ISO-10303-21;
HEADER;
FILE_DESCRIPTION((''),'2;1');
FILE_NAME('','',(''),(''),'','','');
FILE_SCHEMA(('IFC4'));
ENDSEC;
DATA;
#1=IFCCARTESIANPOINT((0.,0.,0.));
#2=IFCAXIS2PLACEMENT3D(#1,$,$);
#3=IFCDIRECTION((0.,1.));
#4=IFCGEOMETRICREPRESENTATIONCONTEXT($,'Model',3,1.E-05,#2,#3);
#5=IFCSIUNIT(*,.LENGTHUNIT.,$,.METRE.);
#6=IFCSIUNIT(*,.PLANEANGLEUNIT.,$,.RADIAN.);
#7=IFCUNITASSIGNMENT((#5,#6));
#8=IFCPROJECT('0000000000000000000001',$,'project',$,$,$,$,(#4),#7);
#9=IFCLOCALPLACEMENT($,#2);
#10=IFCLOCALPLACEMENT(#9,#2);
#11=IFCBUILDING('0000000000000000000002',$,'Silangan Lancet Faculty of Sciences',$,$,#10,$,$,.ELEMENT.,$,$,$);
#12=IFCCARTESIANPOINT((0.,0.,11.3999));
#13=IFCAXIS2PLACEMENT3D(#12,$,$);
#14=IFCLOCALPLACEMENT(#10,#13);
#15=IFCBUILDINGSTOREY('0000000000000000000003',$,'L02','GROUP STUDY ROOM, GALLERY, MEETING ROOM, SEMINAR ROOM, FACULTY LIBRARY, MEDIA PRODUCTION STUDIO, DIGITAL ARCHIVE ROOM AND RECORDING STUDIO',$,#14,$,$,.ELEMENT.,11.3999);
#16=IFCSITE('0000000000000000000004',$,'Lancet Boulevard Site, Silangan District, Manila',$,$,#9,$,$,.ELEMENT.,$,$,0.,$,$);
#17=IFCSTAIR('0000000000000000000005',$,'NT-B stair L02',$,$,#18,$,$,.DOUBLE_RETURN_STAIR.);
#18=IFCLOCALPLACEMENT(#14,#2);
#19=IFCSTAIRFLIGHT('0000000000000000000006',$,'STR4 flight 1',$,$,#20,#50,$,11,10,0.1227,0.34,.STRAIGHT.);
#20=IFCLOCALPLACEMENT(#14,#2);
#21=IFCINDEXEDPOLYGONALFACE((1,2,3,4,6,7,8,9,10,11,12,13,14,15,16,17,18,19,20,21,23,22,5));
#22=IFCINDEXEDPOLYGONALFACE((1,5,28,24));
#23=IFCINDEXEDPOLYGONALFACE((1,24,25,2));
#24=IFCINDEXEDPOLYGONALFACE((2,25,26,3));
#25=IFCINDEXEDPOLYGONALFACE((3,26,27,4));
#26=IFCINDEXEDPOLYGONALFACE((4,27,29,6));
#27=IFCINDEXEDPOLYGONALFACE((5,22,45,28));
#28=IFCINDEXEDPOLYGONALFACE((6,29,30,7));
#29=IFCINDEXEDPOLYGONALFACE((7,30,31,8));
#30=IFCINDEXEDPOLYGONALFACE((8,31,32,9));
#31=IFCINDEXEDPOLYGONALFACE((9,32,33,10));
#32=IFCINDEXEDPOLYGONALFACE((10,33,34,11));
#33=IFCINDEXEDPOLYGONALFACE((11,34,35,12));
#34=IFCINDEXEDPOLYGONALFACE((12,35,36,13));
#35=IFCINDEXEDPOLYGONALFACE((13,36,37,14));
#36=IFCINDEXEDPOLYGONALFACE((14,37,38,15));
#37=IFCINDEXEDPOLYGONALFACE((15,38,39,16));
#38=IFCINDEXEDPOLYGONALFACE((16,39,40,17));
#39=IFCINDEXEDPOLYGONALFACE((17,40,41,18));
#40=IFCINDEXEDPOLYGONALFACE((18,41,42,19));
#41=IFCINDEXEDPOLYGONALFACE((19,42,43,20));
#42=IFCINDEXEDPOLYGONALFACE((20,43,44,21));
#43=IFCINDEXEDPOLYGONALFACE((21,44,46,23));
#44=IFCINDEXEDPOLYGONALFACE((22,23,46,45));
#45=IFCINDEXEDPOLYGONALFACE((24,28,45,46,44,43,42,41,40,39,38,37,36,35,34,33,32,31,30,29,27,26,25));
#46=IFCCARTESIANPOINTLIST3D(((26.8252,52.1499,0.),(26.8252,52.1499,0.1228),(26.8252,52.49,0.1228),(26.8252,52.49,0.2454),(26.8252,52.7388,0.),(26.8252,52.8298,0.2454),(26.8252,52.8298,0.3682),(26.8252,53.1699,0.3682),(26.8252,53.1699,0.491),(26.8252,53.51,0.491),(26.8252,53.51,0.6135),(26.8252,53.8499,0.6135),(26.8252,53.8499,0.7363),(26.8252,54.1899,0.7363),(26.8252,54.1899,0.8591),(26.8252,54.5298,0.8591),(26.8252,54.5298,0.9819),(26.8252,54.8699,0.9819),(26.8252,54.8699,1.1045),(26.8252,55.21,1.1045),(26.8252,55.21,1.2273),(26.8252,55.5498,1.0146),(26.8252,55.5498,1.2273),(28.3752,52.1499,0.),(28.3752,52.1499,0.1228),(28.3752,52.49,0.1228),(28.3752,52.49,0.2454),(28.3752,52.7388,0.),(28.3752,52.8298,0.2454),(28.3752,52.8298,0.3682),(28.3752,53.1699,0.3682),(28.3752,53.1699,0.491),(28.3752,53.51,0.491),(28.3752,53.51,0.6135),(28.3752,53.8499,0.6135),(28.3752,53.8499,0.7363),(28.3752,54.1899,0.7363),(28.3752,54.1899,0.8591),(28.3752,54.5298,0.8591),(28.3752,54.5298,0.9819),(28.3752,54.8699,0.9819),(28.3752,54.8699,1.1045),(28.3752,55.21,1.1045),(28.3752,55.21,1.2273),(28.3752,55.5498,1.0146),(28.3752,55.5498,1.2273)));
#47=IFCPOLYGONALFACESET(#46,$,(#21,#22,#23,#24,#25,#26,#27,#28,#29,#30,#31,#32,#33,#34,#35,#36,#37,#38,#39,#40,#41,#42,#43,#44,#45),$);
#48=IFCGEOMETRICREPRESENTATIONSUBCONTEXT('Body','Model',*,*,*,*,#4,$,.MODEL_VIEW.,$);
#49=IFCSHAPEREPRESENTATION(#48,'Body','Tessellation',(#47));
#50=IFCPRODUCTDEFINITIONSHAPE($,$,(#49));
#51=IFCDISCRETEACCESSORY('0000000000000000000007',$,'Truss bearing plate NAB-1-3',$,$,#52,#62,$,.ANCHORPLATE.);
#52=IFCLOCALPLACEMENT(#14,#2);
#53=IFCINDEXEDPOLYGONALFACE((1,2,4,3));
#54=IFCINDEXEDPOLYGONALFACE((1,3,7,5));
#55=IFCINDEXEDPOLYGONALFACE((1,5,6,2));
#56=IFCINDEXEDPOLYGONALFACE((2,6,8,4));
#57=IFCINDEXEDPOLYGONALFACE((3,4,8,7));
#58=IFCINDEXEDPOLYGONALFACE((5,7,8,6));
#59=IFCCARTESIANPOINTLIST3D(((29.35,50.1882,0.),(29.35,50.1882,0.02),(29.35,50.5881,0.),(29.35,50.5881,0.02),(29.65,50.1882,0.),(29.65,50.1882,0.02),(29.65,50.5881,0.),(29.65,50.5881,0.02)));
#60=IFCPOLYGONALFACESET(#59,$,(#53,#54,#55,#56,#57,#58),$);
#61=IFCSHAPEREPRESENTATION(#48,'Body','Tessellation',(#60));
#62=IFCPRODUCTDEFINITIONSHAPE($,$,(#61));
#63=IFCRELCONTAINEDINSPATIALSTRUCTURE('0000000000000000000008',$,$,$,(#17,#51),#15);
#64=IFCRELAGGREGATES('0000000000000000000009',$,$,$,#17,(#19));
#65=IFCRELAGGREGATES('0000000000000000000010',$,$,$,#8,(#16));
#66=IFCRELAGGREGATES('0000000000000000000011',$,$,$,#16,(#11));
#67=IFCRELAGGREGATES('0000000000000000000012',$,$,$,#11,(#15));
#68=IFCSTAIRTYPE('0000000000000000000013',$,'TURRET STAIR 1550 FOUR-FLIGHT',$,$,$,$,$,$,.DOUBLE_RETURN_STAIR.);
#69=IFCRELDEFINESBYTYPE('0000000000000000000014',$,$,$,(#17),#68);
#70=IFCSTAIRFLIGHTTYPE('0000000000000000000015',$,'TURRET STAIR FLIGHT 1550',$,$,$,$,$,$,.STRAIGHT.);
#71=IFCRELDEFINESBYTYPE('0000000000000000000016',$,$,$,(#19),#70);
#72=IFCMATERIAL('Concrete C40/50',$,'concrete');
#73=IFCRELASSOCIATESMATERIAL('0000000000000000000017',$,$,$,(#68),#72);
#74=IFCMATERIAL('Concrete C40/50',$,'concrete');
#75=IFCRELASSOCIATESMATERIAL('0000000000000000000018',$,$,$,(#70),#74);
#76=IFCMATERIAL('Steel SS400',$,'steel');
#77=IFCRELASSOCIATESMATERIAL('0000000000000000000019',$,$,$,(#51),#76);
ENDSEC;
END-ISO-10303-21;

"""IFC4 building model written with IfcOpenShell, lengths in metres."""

from ifc_helpers import new_model, si_unit, direction, frame, origin, origin_2d, place, context, subcontext, project, spatial, polyline, rectangle, outline, extrude, material, type_object, element, aggregate, save


model = new_model("IFC4")

# Units and contexts
model_context = context("Model", 3, precision=1e-05, world=origin(), true_north=direction((0.0, 1.0)))
body_context = subcontext(model_context, "Body", "Model", "MODEL_VIEW")
ifc_project = project(units=[si_unit("LENGTHUNIT", "METRE"), si_unit("PLANEANGLEUNIT", "RADIAN")], contexts=[model_context])

# Site, building, storey
site_placement = place(None, origin())
site = spatial("IfcSite", under=ifc_project, at=site_placement, Name="Lancet Boulevard Site, Silangan District, Manila", CompositionType="ELEMENT", RefElevation=0.0)
building_placement = place(site_placement, origin())
building = spatial("IfcBuilding", under=site, at=building_placement, Name="Silangan Lancet Faculty of Sciences", CompositionType="ELEMENT")
storey_placement = place(building_placement, frame((0.0, 0.0, 11.3999)))
storey = spatial("IfcBuildingStorey", under=building, at=storey_placement, Name="L02", Description="GROUP STUDY ROOM, GALLERY, MEETING ROOM, SEMINAR ROOM, FACULTY LIBRARY, MEDIA PRODUCTION STUDIO, DIGITAL ARCHIVE ROOM AND RECORDING STUDIO", CompositionType="ELEMENT", Elevation=11.3999)

# Stair, stair flight
ifc_material_1 = material(Name="Concrete C40/50", Category="concrete")
stair_type = type_object("IfcStairType", Name="TURRET STAIR 1550 FOUR-FLIGHT", PredefinedType="DOUBLE_RETURN_STAIR", material=ifc_material_1)
stair_placement = place(storey_placement, origin())
stair = element("IfcStair", 1, at=stair_placement, inside=storey, type_object=stair_type, Name="NT-B stair L02", PredefinedType="DOUBLE_RETURN_STAIR")
ifc_material_2 = material(Name="Concrete C40/50", Category="concrete")
stair_flight_type = type_object("IfcStairFlightType", Name="TURRET STAIR FLIGHT 1550", PredefinedType="STRAIGHT", material=ifc_material_2)
stair_flight_placement = place(storey_placement, frame((27.6001, 52.1499, 0.0), z_axis=(0.0, 0.0, 1.0), x_axis=(0.0, 1.0, 0.0)))
stair_flight = element("IfcStairFlight", 2, at=stair_flight_placement, type_object=stair_flight_type, Name="STR4 flight 1", NumberOfRisers=11, NumberOfTreads=10, PredefinedType="STRAIGHT", RiserHeight=0.1227, TreadLength=0.34, context=body_context, shape_type="SweptSolid", body=[
    extrude(outline(polyline([(0.0, 0.0), (0.0, 0.1228), (0.3401, 0.1228), (0.3401, 0.2454), (0.6799, 0.2454), (0.6799, 0.3682), (1.02, 0.3682), (1.02, 0.491), (1.3601, 0.491), (1.3601, 0.6135), (1.7, 0.6135), (1.7, 0.7363), (2.04, 0.7363), (2.04, 0.8591), (2.3799, 0.8591), (2.3799, 0.9819), (2.72, 0.9819), (2.72, 1.1045), (3.0601, 1.1045), (3.0601, 1.2273), (3.3999, 1.2273), (3.3999, 1.3501), (3.3999, 1.0146), (0.5889, 0.0), (0.0, 0.0)])), frame((0.0, 0.7749, 0.0), z_axis=(0.0, -1.0, 0.0), x_axis=(1.0, 0.0, 0.0)), (0.0, 0.0, 1.0), 1.55),
])
aggregate(stair, [stair_flight])

# Discrete accessory
ifc_material_3 = material(Name="Steel SS400", Category="steel")
discrete_accessory_placement = place(storey_placement, frame((29.5, 50.3882, 0.0), z_axis=(0.0, 0.0, 1.0), x_axis=(1.0, 0.0, 0.0)))
element("IfcDiscreteAccessory", 3, at=discrete_accessory_placement, inside=storey, material=ifc_material_3, Name="Truss bearing plate NAB-1-3", PredefinedType="ANCHORPLATE", context=body_context, shape_type="SweptSolid", body=[
    extrude(rectangle(XDim=0.3, YDim=0.3999, at=origin_2d()), origin(), (0.0, 0.0, 1.0), 0.02),
])

save(model, "model.ifc")
